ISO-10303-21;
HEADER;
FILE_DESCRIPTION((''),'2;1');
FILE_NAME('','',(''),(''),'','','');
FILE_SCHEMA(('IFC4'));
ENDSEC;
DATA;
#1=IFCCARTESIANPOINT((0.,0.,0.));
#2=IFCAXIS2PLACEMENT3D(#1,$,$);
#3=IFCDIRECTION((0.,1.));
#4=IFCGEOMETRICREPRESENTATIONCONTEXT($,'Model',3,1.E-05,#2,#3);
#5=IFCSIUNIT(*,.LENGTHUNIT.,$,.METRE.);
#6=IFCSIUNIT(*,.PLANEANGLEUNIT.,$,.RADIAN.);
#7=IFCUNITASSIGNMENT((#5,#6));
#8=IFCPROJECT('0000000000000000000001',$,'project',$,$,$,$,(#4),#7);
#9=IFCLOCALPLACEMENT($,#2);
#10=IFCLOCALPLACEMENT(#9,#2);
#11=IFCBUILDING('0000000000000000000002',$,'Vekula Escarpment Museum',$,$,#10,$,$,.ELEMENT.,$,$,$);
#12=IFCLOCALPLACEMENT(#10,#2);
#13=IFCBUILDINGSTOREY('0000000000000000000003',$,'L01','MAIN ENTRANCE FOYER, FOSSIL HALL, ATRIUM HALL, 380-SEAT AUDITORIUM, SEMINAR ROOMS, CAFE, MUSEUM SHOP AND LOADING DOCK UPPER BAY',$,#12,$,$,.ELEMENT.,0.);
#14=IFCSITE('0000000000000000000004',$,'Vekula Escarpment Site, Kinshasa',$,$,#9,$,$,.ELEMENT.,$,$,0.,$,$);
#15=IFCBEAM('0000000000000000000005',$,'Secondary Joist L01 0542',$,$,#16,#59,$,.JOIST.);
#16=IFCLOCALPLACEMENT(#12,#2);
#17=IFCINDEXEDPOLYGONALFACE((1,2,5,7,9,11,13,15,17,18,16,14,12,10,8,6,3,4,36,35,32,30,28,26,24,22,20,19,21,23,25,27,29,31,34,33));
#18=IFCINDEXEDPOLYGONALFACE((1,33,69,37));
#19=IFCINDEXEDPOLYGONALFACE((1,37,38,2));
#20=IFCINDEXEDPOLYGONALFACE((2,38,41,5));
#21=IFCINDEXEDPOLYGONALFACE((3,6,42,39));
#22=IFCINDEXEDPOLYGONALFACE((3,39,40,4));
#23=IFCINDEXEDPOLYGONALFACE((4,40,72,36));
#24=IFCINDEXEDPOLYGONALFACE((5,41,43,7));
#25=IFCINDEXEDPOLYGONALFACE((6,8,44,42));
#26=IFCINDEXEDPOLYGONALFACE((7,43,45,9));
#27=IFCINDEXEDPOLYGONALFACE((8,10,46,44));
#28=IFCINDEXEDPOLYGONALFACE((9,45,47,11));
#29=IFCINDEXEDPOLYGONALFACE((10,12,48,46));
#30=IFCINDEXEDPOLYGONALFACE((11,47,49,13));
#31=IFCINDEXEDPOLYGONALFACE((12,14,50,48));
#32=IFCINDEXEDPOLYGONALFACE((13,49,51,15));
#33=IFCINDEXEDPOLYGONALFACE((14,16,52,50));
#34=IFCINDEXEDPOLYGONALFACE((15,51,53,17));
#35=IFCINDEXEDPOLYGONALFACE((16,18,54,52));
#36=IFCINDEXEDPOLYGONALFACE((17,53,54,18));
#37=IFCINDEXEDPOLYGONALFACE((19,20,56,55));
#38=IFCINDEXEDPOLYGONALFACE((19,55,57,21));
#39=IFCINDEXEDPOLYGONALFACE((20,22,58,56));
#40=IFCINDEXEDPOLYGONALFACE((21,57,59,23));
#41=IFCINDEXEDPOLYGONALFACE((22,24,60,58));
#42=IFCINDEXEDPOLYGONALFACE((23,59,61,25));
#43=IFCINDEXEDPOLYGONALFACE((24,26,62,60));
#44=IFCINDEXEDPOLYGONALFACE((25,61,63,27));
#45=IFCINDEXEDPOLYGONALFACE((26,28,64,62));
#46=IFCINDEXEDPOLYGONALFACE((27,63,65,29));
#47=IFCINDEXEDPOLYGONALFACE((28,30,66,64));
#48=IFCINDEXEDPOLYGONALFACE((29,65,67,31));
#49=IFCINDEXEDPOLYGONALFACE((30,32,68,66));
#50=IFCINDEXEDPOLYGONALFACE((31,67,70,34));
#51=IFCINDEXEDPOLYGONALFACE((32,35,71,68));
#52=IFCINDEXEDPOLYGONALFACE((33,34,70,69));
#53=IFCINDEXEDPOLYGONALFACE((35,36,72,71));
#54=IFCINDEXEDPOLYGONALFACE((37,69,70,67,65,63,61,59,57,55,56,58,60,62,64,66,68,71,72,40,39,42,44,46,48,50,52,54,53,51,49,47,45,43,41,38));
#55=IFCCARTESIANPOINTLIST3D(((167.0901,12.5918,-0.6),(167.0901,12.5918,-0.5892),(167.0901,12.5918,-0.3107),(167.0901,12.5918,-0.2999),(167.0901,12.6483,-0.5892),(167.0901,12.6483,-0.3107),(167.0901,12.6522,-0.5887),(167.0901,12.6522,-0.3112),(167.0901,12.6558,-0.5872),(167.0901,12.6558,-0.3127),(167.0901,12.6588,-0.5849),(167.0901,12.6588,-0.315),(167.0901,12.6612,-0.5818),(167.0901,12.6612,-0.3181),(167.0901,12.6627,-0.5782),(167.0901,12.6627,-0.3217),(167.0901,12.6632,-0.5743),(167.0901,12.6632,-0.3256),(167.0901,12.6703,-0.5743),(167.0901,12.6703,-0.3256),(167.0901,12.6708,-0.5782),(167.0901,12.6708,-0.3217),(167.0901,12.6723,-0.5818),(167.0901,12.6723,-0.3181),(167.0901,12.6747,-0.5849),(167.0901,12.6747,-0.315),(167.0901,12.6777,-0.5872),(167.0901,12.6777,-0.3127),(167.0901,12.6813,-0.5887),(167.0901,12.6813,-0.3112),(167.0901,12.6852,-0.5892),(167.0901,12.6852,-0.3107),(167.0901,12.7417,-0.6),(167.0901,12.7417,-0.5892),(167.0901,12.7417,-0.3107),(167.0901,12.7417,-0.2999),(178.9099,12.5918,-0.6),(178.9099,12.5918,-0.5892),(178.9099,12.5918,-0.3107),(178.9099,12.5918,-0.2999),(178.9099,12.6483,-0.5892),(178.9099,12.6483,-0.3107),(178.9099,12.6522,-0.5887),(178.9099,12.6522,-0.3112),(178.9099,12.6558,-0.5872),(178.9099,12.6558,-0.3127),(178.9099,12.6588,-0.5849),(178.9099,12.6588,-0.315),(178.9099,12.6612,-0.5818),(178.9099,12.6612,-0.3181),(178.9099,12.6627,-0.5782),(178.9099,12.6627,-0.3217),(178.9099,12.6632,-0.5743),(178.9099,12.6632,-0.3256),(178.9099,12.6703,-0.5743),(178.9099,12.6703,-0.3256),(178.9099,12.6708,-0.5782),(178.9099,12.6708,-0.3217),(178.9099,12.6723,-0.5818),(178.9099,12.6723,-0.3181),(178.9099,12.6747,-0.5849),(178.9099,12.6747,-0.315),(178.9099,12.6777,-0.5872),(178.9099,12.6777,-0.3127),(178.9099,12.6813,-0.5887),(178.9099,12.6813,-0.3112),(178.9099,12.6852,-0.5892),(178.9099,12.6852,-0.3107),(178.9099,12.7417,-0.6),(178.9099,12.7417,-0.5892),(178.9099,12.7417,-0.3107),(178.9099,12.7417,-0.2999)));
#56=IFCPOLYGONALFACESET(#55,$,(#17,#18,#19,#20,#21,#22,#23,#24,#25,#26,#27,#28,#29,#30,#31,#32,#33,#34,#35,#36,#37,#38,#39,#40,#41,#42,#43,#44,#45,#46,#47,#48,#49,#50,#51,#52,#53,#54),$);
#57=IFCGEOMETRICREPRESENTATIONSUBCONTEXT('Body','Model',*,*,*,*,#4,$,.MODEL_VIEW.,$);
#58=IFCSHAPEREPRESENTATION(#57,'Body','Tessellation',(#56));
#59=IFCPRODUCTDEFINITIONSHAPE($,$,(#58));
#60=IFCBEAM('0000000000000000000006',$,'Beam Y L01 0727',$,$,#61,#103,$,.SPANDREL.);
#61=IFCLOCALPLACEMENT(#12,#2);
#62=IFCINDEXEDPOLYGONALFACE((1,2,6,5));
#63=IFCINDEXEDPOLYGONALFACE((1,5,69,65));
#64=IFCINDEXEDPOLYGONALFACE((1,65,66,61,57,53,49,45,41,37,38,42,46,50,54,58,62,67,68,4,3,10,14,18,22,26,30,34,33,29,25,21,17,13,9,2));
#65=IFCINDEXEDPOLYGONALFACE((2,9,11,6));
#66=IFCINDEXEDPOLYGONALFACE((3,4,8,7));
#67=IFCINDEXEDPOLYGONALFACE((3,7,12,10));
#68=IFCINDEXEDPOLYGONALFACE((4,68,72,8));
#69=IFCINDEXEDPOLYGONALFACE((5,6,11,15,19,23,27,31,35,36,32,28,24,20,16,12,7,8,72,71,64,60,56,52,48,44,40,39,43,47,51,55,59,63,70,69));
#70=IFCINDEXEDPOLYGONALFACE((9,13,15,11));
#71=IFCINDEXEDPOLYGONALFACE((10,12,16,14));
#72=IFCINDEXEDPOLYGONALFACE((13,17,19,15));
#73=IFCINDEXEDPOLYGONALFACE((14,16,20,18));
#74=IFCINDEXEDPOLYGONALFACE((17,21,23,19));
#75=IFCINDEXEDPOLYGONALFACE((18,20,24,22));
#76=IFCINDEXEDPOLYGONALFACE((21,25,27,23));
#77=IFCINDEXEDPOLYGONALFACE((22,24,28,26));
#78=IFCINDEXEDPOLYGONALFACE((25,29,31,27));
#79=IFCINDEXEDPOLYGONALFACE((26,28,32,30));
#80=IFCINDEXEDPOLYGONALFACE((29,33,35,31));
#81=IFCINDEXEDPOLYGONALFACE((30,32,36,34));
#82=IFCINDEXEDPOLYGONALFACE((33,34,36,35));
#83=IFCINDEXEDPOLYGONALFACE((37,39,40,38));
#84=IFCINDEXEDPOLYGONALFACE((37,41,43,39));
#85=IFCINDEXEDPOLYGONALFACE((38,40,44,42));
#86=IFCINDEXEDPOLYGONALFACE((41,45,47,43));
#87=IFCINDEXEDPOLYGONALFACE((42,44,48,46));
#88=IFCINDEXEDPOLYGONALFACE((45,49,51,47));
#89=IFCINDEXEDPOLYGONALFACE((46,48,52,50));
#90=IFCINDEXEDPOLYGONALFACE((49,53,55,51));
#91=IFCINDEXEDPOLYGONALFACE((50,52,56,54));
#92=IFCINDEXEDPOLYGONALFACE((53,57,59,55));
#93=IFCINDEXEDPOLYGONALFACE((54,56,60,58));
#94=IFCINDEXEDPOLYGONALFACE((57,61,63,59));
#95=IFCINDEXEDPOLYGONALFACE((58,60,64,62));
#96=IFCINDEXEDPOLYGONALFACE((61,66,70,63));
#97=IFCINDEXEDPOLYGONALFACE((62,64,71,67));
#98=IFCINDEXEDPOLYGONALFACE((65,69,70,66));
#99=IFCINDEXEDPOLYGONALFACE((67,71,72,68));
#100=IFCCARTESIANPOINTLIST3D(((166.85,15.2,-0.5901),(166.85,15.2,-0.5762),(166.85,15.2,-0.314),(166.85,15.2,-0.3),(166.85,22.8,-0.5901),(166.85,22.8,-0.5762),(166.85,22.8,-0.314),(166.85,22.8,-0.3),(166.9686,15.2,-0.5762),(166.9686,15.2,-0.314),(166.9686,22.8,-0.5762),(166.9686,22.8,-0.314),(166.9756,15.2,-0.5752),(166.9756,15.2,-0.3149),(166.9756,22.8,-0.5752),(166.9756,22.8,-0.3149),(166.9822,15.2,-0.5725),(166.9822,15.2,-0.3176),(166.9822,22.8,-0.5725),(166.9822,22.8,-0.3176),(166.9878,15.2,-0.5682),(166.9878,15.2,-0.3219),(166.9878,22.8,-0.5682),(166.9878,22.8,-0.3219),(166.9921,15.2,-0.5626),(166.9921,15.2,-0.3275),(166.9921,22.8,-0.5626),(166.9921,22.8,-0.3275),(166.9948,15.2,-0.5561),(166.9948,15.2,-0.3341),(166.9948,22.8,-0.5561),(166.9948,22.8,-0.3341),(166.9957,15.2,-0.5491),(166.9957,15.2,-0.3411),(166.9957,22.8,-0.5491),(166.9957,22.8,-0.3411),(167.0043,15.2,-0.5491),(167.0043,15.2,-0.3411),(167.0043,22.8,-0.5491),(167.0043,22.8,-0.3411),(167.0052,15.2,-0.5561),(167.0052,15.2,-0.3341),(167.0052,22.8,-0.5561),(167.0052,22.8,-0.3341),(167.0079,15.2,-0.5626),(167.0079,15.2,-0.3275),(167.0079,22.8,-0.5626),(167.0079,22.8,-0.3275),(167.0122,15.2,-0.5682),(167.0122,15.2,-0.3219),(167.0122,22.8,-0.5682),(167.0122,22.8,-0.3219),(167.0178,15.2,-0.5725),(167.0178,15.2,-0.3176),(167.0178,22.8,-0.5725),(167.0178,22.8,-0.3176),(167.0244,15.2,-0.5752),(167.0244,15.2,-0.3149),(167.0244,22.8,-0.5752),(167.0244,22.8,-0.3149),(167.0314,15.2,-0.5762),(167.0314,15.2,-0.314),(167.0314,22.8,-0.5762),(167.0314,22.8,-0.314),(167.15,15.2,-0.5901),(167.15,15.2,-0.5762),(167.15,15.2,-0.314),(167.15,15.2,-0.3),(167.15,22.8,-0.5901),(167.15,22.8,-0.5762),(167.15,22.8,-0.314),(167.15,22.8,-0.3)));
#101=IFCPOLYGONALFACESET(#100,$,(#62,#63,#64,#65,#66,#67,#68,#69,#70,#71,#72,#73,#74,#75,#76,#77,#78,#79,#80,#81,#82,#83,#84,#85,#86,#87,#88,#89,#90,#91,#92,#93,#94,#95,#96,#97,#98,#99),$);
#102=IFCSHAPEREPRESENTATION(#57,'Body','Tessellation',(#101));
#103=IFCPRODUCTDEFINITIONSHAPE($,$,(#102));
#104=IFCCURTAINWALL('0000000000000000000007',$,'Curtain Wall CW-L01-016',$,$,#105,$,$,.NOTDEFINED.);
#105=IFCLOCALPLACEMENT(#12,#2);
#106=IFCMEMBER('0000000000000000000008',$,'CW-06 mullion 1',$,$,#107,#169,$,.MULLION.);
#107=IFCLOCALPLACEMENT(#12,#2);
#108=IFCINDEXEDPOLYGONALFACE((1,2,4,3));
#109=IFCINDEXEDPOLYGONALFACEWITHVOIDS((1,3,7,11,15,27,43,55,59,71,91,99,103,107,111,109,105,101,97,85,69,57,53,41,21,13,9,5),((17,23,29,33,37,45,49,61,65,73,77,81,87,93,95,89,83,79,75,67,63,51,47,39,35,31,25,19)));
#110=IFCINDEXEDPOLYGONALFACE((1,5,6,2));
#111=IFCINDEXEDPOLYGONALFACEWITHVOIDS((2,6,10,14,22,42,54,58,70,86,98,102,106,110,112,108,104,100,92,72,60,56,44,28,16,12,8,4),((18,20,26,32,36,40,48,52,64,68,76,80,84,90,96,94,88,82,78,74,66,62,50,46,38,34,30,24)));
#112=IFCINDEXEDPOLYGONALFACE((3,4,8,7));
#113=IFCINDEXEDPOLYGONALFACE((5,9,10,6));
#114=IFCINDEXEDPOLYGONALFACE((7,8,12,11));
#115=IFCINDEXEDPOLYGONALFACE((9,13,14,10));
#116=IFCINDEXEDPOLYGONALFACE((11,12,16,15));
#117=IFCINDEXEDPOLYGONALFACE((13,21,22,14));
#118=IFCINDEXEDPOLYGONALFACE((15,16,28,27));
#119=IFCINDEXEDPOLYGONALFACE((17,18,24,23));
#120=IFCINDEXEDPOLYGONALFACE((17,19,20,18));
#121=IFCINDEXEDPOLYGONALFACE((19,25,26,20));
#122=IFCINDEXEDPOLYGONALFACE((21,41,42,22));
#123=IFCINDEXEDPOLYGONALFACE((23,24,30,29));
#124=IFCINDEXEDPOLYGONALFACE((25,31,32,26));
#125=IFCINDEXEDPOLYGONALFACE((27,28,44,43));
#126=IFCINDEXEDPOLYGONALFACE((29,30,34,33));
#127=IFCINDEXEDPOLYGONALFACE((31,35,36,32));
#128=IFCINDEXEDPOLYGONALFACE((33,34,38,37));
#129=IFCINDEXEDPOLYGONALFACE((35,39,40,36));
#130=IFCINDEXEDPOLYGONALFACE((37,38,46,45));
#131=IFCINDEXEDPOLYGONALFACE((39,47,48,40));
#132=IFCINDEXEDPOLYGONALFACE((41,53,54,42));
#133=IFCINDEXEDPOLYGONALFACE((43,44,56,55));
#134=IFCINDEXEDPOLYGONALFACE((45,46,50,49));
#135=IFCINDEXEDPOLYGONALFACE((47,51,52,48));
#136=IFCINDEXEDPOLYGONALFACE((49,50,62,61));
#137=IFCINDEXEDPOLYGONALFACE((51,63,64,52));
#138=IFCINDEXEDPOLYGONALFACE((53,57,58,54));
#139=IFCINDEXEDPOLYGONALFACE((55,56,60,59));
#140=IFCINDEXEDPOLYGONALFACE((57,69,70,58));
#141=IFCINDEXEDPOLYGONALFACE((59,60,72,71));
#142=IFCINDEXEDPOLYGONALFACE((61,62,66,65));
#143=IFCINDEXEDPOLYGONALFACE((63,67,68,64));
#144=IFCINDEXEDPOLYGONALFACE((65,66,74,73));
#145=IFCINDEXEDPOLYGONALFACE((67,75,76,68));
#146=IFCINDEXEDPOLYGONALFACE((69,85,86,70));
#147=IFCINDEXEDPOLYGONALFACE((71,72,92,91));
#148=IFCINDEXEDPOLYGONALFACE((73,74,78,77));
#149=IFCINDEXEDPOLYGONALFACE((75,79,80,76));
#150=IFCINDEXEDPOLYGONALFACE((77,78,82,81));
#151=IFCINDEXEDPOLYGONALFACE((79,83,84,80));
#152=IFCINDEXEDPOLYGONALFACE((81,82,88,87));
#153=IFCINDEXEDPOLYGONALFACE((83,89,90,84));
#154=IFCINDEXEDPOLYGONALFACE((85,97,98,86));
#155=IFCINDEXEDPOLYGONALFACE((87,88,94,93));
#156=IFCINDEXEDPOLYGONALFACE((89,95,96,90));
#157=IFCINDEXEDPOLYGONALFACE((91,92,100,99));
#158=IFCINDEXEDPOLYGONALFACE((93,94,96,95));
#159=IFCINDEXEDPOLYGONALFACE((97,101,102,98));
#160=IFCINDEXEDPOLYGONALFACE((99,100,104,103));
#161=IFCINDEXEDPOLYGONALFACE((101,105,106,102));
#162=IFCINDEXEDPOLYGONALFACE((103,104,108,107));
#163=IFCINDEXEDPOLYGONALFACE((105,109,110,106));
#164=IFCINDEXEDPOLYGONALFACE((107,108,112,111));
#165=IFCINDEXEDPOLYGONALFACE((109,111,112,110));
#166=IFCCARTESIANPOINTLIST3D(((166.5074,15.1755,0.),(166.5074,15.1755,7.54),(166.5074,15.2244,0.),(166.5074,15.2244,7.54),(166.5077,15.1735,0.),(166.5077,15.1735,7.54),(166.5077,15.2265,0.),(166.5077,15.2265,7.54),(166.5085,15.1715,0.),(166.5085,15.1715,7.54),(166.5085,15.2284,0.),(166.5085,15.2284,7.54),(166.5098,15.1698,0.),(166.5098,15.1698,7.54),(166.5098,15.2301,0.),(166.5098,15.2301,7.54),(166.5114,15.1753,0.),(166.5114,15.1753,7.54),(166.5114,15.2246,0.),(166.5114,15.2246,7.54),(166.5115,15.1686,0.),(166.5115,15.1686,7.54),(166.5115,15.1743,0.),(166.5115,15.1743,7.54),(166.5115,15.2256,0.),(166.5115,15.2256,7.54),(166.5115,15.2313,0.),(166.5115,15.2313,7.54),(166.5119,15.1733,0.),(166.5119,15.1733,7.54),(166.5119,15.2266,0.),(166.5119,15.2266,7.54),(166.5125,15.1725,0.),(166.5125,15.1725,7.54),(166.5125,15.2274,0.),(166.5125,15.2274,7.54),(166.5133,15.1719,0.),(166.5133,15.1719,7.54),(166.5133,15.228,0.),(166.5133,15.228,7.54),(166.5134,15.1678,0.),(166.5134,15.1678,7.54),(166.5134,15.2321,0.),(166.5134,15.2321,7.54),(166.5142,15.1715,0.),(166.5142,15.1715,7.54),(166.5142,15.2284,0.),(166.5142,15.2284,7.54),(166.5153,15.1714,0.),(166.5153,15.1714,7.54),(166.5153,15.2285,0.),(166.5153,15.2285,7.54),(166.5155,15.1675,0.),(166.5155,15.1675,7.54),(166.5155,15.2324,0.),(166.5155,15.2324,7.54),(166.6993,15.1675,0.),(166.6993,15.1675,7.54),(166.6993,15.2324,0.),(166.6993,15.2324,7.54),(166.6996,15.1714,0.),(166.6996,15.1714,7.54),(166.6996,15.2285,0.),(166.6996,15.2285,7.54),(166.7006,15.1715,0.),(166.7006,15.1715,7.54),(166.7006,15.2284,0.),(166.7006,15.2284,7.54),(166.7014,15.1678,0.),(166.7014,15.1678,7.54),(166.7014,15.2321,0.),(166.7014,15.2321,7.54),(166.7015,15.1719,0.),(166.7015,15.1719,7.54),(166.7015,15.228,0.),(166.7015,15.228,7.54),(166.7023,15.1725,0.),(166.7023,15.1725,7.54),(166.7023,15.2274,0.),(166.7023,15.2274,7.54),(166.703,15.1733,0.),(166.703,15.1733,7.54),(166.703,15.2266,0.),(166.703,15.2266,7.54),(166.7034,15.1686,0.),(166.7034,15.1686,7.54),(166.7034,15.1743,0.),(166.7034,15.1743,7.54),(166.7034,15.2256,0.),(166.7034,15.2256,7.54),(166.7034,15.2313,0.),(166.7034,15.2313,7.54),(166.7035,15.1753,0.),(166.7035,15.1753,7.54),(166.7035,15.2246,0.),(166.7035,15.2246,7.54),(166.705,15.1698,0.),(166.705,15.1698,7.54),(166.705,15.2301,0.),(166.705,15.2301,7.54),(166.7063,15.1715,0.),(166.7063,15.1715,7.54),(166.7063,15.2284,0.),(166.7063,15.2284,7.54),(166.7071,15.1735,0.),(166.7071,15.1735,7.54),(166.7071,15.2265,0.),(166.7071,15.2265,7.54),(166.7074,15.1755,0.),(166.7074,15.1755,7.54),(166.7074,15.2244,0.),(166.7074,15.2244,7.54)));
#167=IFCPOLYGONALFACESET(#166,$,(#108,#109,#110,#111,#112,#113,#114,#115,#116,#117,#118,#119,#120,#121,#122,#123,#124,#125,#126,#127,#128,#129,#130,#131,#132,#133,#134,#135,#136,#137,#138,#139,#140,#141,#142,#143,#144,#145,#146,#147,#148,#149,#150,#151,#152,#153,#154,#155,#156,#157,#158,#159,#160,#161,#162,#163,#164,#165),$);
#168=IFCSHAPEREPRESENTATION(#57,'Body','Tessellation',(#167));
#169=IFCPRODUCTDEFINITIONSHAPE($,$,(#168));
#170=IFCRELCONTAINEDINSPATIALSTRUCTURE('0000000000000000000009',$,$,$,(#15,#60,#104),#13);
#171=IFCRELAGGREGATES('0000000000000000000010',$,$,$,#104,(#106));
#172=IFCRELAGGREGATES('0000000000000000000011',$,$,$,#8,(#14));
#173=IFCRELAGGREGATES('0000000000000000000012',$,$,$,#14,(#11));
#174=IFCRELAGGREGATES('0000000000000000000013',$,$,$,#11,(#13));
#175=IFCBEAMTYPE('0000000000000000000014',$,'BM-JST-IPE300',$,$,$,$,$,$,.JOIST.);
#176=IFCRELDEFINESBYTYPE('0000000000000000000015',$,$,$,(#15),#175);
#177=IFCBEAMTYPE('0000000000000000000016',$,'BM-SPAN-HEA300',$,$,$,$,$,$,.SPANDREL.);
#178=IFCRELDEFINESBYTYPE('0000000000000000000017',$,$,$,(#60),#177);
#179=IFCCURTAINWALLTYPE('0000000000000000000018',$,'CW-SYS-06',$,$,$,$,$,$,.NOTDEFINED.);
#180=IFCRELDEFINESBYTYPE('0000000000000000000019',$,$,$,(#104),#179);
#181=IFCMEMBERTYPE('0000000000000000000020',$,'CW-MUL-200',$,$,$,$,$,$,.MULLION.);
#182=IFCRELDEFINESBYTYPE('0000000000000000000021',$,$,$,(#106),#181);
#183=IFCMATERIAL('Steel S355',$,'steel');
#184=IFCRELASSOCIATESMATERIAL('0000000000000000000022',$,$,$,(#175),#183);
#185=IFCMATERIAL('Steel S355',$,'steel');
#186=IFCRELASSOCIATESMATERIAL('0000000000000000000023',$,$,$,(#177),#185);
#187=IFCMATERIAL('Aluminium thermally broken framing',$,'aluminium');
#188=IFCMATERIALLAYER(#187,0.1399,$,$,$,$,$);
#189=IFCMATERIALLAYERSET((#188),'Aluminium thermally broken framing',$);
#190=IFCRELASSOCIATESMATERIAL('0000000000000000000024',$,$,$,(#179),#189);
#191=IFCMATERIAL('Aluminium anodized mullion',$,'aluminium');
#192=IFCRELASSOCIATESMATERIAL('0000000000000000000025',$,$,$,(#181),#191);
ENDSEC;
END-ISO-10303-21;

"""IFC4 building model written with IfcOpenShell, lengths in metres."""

from ifc_helpers import new_model, si_unit, direction, frame, origin, origin_2d, place, context, subcontext, project, spatial, hollow_rectangle, i_section, extrude, material, layer, layer_set, material_profile, profile_set, type_object, element, aggregate, save


model = new_model("IFC4")

# Units and contexts
model_context = context("Model", 3, precision=1e-05, world=origin(), true_north=direction((0.0, 1.0)))
body_context = subcontext(model_context, "Body", "Model", "MODEL_VIEW")
ifc_project = project(units=[si_unit("LENGTHUNIT", "METRE"), si_unit("PLANEANGLEUNIT", "RADIAN")], contexts=[model_context])

# Site, building, storey
site_placement = place(None, origin())
site = spatial("IfcSite", under=ifc_project, at=site_placement, Name="Vekula Escarpment Site, Kinshasa", CompositionType="ELEMENT", RefElevation=0.0)
building_placement = place(site_placement, origin())
building = spatial("IfcBuilding", under=site, at=building_placement, Name="Vekula Escarpment Museum", CompositionType="ELEMENT")
storey_placement = place(building_placement, origin())
storey = spatial("IfcBuildingStorey", under=building, at=storey_placement, Name="L01", Description="MAIN ENTRANCE FOYER, FOSSIL HALL, ATRIUM HALL, 380-SEAT AUDITORIUM, SEMINAR ROOMS, CAFE, MUSEUM SHOP AND LOADING DOCK UPPER BAY", CompositionType="ELEMENT", Elevation=0.0)

# Beams
ifc_material_1 = material(Name="Steel S355", Category="steel")
ifc_material_profile_1 = material_profile(ifc_material_1, i_section(OverallWidth=0.1499, OverallDepth=0.3, WebThickness=0.0071, FlangeThickness=0.0107, FilletRadius=0.0149, at=origin_2d()), Name="IPE 300")
ifc_profile_set_1 = profile_set([ifc_material_profile_1], Name="Steel S355")
beam_type_1 = type_object("IfcBeamType", Name="BM-JST-IPE300", PredefinedType="JOIST", material=ifc_profile_set_1)
beam_1_placement = place(storey_placement, frame((167.0901, 12.6667, -0.45), z_axis=(1.0, 0.0, 0.0), x_axis=(0.0, 1.0, 0.0)))
element("IfcBeam", 1, at=beam_1_placement, inside=storey, type_object=beam_type_1, Name="Secondary Joist L01 0542", PredefinedType="JOIST", context=body_context, shape_type="SweptSolid", body=[
    extrude(i_section(OverallWidth=0.1499, OverallDepth=0.3, WebThickness=0.0071, FlangeThickness=0.0107, FilletRadius=0.0149, at=origin_2d()), origin(), (0.0, 0.0, 1.0), 11.8198),
])
ifc_material_2 = material(Name="Steel S355", Category="steel")
ifc_material_profile_2 = material_profile(ifc_material_2, i_section(OverallWidth=0.3, OverallDepth=0.29, WebThickness=0.0085, FlangeThickness=0.0139, FilletRadius=0.0271, at=origin_2d()), Name="HEA 300")
ifc_profile_set_2 = profile_set([ifc_material_profile_2], Name="Steel S355")
beam_type_2 = type_object("IfcBeamType", Name="BM-SPAN-HEA300", PredefinedType="SPANDREL", material=ifc_profile_set_2)
beam_2_placement = place(storey_placement, frame((167.0, 15.2, -0.4451), z_axis=(0.0, 1.0, 0.0), x_axis=(-1.0, 0.0, 0.0)))
element("IfcBeam", 2, at=beam_2_placement, inside=storey, type_object=beam_type_2, Name="Beam Y L01 0727", PredefinedType="SPANDREL", context=body_context, shape_type="SweptSolid", body=[
    extrude(i_section(OverallWidth=0.3, OverallDepth=0.29, WebThickness=0.0085, FlangeThickness=0.0139, FilletRadius=0.0271, at=origin_2d()), origin(), (0.0, 0.0, 1.0), 7.6001),
])

# Curtain wall, member
ifc_material_3 = material(Name="Aluminium thermally broken framing", Category="aluminium")
ifc_layer_1 = layer(ifc_material_3, 0.1399)
ifc_layer_set_1 = layer_set([ifc_layer_1], Name="Aluminium thermally broken framing")
curtain_wall_type = type_object("IfcCurtainWallType", Name="CW-SYS-06", PredefinedType="NOTDEFINED", material=ifc_layer_set_1)
curtain_wall_placement = place(storey_placement, origin())
curtain_wall = element("IfcCurtainWall", 3, at=curtain_wall_placement, inside=storey, type_object=curtain_wall_type, Name="Curtain Wall CW-L01-016", PredefinedType="NOTDEFINED")
ifc_material_4 = material(Name="Aluminium anodized mullion", Category="aluminium")
ifc_material_profile_3 = material_profile(ifc_material_4, hollow_rectangle(XDim=0.0649, YDim=0.2, WallThickness=0.0039, InnerFilletRadius=0.0039, OuterFilletRadius=0.0081, at=origin_2d()), Name="ALU 200x65x4")
ifc_profile_set_3 = profile_set([ifc_material_profile_3], Name="Aluminium anodized mullion")
member_type_1 = type_object("IfcMemberType", Name="CW-MUL-200", PredefinedType="MULLION", material=ifc_profile_set_3)
member_1_placement = place(storey_placement, frame((166.6074, 15.2, 0.0), z_axis=(0.0, 0.0, 1.0), x_axis=(0.0, -1.0, 0.0)))
member_1 = element("IfcMember", 4, at=member_1_placement, type_object=member_type_1, Name="CW-06 mullion 1", PredefinedType="MULLION", context=body_context, shape_type="SweptSolid", body=[
    extrude(hollow_rectangle(XDim=0.0649, YDim=0.2, WallThickness=0.0039, InnerFilletRadius=0.0039, OuterFilletRadius=0.0081, at=origin_2d()), origin(), (0.0, 0.0, 1.0), 7.54),
])
aggregate(curtain_wall, [member_1])

save(model, "model.ifc")
